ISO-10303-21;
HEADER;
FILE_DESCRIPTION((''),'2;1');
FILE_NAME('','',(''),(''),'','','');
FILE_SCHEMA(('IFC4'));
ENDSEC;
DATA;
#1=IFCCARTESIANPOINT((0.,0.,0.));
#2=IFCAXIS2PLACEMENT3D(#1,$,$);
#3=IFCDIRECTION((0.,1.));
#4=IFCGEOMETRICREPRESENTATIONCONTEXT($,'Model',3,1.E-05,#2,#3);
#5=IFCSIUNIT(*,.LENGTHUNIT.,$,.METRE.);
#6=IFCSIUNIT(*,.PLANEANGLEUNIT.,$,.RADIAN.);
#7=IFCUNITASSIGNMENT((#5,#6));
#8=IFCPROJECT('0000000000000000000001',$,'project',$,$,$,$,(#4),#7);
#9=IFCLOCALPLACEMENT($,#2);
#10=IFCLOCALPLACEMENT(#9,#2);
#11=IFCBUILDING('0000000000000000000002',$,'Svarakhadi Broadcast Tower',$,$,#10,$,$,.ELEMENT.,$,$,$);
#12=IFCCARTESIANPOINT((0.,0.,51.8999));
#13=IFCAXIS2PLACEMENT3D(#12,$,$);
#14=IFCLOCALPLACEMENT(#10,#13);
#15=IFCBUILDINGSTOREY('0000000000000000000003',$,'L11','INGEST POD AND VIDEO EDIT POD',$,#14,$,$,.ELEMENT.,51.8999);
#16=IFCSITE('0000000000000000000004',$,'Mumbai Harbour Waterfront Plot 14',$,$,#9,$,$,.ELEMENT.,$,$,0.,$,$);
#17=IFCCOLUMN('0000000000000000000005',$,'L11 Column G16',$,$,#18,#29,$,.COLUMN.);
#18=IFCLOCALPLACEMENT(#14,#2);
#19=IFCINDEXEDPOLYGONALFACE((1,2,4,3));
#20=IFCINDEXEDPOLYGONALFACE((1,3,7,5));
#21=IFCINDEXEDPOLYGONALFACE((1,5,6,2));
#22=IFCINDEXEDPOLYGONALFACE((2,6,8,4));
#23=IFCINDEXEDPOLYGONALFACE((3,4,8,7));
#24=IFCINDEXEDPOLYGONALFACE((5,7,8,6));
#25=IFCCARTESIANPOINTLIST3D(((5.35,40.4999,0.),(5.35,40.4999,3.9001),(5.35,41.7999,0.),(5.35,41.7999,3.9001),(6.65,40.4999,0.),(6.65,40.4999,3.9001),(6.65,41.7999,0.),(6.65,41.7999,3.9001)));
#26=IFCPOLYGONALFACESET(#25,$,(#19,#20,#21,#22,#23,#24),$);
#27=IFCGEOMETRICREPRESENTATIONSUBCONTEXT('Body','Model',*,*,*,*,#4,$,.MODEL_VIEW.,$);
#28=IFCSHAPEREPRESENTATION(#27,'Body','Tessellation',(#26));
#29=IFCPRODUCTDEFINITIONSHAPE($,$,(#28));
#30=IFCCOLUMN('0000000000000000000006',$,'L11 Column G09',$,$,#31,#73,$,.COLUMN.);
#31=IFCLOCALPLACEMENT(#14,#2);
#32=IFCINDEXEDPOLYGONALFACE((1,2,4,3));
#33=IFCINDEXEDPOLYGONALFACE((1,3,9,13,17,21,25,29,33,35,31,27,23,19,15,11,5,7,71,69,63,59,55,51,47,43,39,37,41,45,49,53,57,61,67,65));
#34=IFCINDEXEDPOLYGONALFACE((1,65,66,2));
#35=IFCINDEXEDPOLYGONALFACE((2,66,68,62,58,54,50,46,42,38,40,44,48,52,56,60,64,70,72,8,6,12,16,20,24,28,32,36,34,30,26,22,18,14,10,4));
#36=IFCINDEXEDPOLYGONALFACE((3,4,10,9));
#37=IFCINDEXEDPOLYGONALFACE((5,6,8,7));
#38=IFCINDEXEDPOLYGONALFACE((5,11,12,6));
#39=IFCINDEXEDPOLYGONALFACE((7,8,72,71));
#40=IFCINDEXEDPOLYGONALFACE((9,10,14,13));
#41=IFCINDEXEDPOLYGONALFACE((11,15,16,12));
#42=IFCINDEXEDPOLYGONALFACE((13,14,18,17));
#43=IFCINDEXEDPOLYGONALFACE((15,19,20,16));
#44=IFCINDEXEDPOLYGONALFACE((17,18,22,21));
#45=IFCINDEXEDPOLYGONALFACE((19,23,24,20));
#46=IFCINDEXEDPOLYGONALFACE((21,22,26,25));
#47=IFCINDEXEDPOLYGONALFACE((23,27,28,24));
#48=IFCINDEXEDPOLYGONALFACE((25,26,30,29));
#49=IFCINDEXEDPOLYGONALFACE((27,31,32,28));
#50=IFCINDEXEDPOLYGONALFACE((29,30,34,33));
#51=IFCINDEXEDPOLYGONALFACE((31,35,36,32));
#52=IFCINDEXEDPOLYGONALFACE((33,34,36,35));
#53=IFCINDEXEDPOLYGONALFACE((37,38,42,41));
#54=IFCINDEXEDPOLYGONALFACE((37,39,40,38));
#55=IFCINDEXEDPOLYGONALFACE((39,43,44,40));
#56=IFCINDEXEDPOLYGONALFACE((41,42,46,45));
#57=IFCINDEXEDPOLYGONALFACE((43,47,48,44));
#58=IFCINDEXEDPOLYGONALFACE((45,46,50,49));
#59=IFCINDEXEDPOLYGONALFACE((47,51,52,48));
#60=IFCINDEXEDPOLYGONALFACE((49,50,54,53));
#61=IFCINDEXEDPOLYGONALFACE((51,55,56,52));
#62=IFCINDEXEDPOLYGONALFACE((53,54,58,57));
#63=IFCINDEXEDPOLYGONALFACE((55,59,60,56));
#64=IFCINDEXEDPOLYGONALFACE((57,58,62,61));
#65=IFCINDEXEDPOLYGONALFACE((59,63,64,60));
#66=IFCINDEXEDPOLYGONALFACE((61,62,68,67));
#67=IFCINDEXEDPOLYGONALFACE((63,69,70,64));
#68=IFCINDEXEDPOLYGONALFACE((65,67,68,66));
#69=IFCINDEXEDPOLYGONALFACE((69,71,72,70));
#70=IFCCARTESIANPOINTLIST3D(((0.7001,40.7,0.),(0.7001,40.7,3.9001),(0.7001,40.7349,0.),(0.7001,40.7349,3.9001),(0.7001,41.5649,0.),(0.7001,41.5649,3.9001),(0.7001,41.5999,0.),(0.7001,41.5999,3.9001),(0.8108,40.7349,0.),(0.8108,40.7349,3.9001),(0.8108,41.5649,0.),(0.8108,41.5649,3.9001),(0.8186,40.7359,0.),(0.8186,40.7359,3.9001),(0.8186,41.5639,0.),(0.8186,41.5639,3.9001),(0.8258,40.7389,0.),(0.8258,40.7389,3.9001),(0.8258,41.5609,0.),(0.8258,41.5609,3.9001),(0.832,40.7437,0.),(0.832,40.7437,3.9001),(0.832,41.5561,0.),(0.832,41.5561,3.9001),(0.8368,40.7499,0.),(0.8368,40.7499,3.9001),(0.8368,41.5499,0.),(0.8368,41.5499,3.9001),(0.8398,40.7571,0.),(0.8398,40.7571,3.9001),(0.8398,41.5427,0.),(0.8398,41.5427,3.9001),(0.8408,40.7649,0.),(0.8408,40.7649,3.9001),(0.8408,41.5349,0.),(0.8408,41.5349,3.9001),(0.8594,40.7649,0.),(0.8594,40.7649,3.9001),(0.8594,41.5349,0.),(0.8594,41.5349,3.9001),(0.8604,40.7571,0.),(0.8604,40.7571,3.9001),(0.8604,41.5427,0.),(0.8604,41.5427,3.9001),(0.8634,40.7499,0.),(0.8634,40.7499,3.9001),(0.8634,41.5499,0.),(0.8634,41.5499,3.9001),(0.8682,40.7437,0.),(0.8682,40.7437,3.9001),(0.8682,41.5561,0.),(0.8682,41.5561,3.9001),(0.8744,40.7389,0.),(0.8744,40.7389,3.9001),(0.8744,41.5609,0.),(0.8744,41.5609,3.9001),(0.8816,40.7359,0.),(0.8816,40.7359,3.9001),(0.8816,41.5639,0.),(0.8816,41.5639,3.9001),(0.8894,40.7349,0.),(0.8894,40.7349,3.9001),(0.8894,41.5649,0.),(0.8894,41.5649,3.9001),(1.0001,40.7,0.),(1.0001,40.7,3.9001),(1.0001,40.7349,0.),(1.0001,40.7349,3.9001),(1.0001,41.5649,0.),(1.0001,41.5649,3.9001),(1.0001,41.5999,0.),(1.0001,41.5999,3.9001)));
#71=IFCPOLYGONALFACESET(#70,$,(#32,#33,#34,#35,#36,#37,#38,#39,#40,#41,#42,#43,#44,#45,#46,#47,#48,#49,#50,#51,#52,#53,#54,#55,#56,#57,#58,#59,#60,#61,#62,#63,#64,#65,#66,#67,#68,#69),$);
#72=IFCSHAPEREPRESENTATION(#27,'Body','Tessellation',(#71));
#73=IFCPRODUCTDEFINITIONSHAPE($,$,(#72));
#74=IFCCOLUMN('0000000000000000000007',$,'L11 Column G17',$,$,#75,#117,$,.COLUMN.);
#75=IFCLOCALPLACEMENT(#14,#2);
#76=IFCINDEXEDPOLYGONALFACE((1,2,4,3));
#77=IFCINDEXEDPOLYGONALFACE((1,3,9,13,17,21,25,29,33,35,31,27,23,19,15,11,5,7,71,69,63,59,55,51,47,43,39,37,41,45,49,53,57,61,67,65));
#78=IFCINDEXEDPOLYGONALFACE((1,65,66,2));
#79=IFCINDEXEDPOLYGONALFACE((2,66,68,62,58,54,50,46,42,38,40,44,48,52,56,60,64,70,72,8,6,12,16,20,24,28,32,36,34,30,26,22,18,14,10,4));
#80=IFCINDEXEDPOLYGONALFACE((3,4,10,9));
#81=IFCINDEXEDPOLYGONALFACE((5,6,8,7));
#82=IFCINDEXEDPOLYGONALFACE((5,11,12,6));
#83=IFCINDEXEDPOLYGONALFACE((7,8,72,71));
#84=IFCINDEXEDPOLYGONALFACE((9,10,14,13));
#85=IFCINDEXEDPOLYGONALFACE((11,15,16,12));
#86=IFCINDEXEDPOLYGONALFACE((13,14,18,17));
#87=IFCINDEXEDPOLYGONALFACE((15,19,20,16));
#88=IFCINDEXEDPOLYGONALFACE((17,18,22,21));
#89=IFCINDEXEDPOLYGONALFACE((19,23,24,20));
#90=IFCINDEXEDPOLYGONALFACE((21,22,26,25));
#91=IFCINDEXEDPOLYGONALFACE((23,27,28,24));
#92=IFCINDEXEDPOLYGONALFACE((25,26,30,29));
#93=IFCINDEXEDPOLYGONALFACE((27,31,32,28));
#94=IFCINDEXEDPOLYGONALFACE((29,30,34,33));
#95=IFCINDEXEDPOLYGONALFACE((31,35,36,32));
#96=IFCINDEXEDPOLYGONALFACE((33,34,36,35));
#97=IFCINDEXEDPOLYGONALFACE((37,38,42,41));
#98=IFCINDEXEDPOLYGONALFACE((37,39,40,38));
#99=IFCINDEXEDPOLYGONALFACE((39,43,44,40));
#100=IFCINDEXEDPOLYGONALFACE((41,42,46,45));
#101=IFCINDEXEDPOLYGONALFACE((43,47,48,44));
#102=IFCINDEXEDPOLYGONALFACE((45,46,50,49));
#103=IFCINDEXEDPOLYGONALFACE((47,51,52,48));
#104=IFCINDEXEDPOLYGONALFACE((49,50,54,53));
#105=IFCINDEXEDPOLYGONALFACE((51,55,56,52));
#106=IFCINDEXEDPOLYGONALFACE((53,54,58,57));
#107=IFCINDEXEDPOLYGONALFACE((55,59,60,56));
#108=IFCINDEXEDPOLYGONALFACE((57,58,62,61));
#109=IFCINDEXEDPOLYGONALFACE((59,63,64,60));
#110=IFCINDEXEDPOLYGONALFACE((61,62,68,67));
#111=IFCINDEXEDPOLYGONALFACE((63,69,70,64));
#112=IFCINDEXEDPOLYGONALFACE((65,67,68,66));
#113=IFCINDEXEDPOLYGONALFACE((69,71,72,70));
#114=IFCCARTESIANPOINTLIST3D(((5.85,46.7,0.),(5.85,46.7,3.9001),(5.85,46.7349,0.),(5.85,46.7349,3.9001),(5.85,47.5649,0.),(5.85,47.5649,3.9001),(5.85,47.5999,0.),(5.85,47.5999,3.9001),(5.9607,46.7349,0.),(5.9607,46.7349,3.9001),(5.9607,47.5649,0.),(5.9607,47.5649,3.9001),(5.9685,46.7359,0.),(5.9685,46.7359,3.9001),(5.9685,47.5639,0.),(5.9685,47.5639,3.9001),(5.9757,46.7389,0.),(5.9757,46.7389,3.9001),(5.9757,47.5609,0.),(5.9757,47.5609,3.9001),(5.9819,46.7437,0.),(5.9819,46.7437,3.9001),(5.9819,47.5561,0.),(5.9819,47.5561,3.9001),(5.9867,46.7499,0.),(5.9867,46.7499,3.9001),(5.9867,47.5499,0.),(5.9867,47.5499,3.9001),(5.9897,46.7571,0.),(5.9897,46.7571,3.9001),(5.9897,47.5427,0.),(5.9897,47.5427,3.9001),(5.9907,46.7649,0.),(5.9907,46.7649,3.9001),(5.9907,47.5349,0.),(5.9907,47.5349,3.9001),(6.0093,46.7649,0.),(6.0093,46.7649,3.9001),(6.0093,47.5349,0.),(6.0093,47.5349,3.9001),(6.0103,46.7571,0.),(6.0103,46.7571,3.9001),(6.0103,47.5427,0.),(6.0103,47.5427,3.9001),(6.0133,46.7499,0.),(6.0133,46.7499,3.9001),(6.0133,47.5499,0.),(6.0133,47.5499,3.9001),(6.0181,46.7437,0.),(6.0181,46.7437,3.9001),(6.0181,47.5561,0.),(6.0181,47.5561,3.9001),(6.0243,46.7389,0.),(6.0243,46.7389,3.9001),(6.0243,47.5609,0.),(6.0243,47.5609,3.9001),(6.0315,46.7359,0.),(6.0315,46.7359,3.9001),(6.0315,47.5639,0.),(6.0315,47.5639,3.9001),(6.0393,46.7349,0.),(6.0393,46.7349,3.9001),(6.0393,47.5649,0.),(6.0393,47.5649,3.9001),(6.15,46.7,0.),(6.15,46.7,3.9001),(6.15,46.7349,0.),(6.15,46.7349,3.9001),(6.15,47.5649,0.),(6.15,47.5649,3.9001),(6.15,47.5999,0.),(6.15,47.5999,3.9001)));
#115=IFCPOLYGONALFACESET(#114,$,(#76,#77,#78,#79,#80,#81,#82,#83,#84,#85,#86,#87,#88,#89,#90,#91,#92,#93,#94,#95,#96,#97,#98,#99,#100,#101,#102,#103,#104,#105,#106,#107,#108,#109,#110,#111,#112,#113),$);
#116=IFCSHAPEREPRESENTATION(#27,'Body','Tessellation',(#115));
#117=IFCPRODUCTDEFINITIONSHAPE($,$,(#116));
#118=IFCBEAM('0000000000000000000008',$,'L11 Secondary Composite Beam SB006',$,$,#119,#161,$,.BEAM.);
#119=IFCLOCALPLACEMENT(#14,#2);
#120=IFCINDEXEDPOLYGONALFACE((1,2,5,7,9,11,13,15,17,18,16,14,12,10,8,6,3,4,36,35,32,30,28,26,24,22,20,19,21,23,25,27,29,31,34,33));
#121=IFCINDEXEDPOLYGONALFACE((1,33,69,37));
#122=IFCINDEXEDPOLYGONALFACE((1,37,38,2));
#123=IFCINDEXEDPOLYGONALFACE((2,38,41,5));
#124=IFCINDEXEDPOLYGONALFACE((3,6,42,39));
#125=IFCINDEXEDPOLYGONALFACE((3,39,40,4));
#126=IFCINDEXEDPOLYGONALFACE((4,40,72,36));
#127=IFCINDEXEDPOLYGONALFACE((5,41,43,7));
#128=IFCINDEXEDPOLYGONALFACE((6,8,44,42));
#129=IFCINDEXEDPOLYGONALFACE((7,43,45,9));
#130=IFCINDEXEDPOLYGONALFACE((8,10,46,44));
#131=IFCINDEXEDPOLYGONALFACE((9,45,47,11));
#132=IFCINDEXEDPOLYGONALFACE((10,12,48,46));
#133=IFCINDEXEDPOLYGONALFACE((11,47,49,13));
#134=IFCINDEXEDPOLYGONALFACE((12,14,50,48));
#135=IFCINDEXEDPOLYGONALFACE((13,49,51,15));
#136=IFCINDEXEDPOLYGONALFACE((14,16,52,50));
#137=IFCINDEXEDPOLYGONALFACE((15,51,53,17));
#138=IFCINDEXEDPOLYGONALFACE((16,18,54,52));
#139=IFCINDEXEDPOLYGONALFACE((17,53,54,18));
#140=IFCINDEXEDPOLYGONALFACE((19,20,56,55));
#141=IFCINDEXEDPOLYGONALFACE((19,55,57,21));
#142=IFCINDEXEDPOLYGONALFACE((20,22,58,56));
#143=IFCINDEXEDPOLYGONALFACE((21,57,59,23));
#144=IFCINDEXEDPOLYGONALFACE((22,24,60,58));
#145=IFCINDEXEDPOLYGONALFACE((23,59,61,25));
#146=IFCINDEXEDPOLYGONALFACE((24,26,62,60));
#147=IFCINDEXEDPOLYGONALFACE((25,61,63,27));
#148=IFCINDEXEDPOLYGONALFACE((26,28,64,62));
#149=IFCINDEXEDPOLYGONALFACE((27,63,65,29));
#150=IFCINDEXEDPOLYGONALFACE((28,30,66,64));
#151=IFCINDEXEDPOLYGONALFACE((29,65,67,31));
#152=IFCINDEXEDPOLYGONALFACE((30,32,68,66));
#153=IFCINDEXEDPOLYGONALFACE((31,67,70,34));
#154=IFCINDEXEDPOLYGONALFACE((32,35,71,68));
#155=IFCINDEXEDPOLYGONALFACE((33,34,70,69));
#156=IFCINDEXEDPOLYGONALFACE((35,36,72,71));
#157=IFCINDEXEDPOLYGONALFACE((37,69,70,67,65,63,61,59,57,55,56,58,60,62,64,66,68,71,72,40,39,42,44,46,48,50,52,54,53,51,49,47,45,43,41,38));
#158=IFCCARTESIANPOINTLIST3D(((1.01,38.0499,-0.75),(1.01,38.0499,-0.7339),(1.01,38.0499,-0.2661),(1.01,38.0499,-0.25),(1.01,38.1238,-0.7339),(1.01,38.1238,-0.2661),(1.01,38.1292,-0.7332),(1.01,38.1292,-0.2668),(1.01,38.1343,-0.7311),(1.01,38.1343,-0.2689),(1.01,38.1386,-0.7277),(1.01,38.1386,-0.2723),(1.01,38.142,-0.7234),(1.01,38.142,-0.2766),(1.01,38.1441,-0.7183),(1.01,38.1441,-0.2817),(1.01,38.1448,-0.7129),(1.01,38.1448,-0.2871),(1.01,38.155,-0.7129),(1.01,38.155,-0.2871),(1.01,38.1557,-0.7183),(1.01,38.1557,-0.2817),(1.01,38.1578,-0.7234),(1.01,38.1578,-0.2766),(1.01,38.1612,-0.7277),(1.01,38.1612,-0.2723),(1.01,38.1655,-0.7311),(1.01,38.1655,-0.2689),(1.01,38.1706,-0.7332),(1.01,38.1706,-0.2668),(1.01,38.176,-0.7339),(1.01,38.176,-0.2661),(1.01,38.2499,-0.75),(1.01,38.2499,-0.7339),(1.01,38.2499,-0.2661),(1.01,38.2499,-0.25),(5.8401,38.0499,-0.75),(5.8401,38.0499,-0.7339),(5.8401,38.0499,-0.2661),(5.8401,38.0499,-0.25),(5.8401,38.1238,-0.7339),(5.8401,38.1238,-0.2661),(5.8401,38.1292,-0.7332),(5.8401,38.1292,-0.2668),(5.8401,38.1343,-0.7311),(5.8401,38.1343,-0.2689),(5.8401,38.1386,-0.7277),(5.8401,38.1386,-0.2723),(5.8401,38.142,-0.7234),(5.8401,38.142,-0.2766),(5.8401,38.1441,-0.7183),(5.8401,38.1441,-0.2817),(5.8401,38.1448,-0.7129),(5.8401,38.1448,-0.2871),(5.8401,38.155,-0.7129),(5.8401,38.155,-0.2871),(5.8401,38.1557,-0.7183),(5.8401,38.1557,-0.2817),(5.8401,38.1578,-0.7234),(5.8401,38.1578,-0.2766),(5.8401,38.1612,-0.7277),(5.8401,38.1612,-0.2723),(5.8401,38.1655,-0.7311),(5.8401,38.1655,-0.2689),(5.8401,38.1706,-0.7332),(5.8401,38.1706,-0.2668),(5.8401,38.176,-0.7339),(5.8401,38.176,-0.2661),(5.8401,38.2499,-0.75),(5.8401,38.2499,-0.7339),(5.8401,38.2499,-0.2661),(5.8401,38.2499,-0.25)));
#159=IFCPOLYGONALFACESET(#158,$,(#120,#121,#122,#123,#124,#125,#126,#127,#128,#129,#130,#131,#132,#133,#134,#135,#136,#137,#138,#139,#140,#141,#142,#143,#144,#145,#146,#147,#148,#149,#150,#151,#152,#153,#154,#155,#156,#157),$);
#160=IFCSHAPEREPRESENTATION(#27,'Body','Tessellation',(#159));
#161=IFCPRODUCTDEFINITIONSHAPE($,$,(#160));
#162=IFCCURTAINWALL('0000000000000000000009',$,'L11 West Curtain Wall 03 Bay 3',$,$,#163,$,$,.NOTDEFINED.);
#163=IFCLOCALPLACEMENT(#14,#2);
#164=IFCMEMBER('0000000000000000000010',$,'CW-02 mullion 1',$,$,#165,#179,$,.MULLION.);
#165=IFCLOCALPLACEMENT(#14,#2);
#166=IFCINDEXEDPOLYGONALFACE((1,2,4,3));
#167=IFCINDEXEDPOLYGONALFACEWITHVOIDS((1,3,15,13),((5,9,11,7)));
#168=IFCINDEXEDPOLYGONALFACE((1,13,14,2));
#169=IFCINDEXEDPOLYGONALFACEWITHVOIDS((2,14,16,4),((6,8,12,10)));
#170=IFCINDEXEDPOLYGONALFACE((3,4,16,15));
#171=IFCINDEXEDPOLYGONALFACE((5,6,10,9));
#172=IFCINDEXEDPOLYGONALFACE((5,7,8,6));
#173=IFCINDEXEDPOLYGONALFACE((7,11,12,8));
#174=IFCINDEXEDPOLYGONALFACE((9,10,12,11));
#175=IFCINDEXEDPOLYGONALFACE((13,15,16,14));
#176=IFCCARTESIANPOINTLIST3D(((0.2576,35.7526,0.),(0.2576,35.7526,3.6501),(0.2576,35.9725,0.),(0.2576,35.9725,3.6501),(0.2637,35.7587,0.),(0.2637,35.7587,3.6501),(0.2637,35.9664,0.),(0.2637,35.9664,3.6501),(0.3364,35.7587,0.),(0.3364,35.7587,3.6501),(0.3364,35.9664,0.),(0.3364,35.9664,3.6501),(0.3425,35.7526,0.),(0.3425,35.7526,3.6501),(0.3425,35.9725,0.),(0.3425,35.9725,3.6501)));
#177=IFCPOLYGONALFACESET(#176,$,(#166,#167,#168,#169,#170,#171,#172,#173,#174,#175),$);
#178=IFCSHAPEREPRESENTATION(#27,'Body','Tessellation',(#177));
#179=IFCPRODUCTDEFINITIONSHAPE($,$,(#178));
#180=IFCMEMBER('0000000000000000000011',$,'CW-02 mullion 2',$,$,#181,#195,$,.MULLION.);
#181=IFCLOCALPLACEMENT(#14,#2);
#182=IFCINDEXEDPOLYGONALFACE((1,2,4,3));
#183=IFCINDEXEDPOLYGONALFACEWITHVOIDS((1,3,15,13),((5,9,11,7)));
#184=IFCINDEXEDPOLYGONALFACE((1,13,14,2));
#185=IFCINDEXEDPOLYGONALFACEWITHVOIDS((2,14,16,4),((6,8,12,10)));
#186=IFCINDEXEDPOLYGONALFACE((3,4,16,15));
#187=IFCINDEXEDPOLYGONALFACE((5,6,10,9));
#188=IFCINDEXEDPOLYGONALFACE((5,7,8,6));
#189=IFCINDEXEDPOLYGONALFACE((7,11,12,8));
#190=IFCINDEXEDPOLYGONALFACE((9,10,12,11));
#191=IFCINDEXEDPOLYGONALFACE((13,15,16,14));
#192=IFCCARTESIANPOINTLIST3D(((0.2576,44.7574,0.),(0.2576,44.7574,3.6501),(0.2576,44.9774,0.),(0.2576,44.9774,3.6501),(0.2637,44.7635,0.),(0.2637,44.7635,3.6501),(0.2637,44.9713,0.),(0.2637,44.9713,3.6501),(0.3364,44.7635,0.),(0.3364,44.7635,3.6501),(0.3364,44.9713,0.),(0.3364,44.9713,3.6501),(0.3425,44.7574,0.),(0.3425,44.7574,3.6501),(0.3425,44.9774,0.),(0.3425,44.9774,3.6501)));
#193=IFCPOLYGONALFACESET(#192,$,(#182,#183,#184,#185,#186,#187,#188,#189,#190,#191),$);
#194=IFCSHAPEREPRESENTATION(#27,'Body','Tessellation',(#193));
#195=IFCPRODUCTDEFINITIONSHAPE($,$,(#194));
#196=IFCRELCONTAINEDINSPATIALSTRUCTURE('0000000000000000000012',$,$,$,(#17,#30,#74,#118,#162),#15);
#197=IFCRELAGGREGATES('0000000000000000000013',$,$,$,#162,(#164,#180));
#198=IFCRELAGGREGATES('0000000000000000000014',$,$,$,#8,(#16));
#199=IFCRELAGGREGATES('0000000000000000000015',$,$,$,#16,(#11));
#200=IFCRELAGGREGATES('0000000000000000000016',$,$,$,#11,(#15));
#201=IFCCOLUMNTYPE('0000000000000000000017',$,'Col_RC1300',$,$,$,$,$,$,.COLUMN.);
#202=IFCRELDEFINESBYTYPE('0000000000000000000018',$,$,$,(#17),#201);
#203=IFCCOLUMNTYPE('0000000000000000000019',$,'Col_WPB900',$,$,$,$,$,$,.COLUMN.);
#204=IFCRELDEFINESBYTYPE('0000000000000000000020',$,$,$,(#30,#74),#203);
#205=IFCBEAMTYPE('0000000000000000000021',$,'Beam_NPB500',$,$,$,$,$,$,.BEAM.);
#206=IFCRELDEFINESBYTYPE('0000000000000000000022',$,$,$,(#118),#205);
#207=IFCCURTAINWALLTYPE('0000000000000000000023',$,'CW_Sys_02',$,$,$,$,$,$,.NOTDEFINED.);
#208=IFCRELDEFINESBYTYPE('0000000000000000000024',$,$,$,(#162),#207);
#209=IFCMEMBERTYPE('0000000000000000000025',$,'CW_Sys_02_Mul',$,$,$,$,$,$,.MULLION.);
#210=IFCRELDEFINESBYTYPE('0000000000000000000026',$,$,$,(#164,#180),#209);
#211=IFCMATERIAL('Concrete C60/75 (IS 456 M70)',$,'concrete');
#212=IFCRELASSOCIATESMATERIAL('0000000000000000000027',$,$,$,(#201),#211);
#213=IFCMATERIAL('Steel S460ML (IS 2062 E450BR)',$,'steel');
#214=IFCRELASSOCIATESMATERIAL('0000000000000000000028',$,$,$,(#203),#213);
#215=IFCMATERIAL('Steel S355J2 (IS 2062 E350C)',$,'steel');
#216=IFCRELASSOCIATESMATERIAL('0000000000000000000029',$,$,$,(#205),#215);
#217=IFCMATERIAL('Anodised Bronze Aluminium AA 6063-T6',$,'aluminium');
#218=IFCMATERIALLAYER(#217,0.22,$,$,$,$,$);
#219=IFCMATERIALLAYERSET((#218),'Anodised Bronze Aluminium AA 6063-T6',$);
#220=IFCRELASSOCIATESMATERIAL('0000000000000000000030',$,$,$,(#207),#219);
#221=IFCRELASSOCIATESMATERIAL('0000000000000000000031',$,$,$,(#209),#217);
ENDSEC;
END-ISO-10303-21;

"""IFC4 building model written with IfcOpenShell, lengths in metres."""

from ifc_helpers import new_model, si_unit, direction, frame, origin, origin_2d, place, context, subcontext, project, spatial, rectangle, hollow_rectangle, i_section, extrude, material, layer, layer_set, material_profile, profile_set, type_object, element, aggregate, save


model = new_model("IFC4")

# Units and contexts
model_context = context("Model", 3, precision=1e-05, world=origin(), true_north=direction((0.0, 1.0)))
body_context = subcontext(model_context, "Body", "Model", "MODEL_VIEW")
ifc_project = project(units=[si_unit("LENGTHUNIT", "METRE"), si_unit("PLANEANGLEUNIT", "RADIAN")], contexts=[model_context])

# Site, building, storey
site_placement = place(None, origin())
site = spatial("IfcSite", under=ifc_project, at=site_placement, Name="Mumbai Harbour Waterfront Plot 14", CompositionType="ELEMENT", RefElevation=0.0)
building_placement = place(site_placement, origin())
building = spatial("IfcBuilding", under=site, at=building_placement, Name="Svarakhadi Broadcast Tower", CompositionType="ELEMENT")
storey_placement = place(building_placement, frame((0.0, 0.0, 51.8999)))
storey = spatial("IfcBuildingStorey", under=building, at=storey_placement, Name="L11", Description="INGEST POD AND VIDEO EDIT POD", CompositionType="ELEMENT", Elevation=51.8999)

# Columns
ifc_material_1 = material(Name="Concrete C60/75 (IS 456 M70)", Category="concrete")
ifc_material_profile_1 = material_profile(ifc_material_1, rectangle(XDim=1.3, YDim=1.3, at=origin_2d()), Name="RC 1300x1300")
ifc_profile_set_1 = profile_set([ifc_material_profile_1], Name="Concrete C60/75 (IS 456 M70)")
column_type_1 = type_object("IfcColumnType", Name="Col_RC1300", PredefinedType="COLUMN", material=ifc_profile_set_1)
column_placement = place(storey_placement, frame((6.0, 41.1499, 0.0), z_axis=(0.0, 0.0, 1.0), x_axis=(1.0, 0.0, 0.0)))
element("IfcColumn", 1, at=column_placement, inside=storey, type_object=column_type_1, Name="L11 Column G16", PredefinedType="COLUMN", context=body_context, shape_type="SweptSolid", body=[
    extrude(rectangle(XDim=1.3, YDim=1.3, at=origin_2d()), origin(), (0.0, 0.0, 1.0), 3.9001),
])
ifc_material_2 = material(Name="Steel S460ML (IS 2062 E450BR)", Category="steel")
ifc_material_profile_2 = material_profile(ifc_material_2, i_section(OverallWidth=0.3, OverallDepth=0.8999, WebThickness=0.0186, FlangeThickness=0.0349, FilletRadius=0.03, at=origin_2d()), Name="WPB 900x300x291")
ifc_profile_set_2 = profile_set([ifc_material_profile_2], Name="Steel S460ML (IS 2062 E450BR)")
column_type_2 = type_object("IfcColumnType", Name="Col_WPB900", PredefinedType="COLUMN", material=ifc_profile_set_2)
for number, where, z_axis, x_axis, name in (
    (2, (0.8501, 41.1499, 0.0), (0.0, 0.0, 1.0), (1.0, 0.0, 0.0), "L11 Column G09"),
    (3, (6.0, 47.1499, 0.0), (0.0, 0.0, 1.0), (1.0, 0.0, 0.0), "L11 Column G17"),
):
    element("IfcColumn", number, at=place(storey_placement, frame(where, z_axis=z_axis, x_axis=x_axis)), inside=storey, type_object=column_type_2, Name=name, PredefinedType="COLUMN", context=body_context, shape_type="SweptSolid", body=[
        extrude(i_section(OverallWidth=0.3, OverallDepth=0.8999, WebThickness=0.0186, FlangeThickness=0.0349, FilletRadius=0.03, at=origin_2d()), origin(), (0.0, 0.0, 1.0), 3.9001),
    ])

# Beam
ifc_material_3 = material(Name="Steel S355J2 (IS 2062 E350C)", Category="steel")
ifc_material_profile_3 = material_profile(ifc_material_3, i_section(OverallWidth=0.2, OverallDepth=0.5, WebThickness=0.0103, FlangeThickness=0.0161, FilletRadius=0.021, at=origin_2d()), Name="NPB 500x200x91")
ifc_profile_set_3 = profile_set([ifc_material_profile_3], Name="Steel S355J2 (IS 2062 E350C)")
beam_type_1 = type_object("IfcBeamType", Name="Beam_NPB500", PredefinedType="BEAM", material=ifc_profile_set_3)
beam_1_placement = place(storey_placement, frame((1.01, 38.1499, -0.5), z_axis=(1.0, 0.0, 0.0), x_axis=(0.0, 1.0, 0.0)))
element("IfcBeam", 4, at=beam_1_placement, inside=storey, type_object=beam_type_1, Name="L11 Secondary Composite Beam SB006", PredefinedType="BEAM", context=body_context, shape_type="SweptSolid", body=[
    extrude(i_section(OverallWidth=0.2, OverallDepth=0.5, WebThickness=0.0103, FlangeThickness=0.0161, FilletRadius=0.021, at=origin_2d()), origin(), (0.0, 0.0, 1.0), 4.8301),
])

# Curtain wall, members
ifc_material_4 = material(Name="Anodised Bronze Aluminium AA 6063-T6", Category="aluminium")
ifc_layer_1 = layer(ifc_material_4, 0.22)
ifc_layer_set_1 = layer_set([ifc_layer_1], Name="Anodised Bronze Aluminium AA 6063-T6")
curtain_wall_type = type_object("IfcCurtainWallType", Name="CW_Sys_02", PredefinedType="NOTDEFINED", material=ifc_layer_set_1)
curtain_wall_1_placement = place(storey_placement, origin())
curtain_wall_1 = element("IfcCurtainWall", 5, at=curtain_wall_1_placement, inside=storey, type_object=curtain_wall_type, Name="L11 West Curtain Wall 03 Bay 3", PredefinedType="NOTDEFINED")
ifc_material_profile_4 = material_profile(ifc_material_4, hollow_rectangle(XDim=0.085, YDim=0.22, WallThickness=0.0061, at=origin_2d()), Name="ALU MULLION 220x85x6")
ifc_profile_set_4 = profile_set([ifc_material_profile_4], Name="Anodised Bronze Aluminium AA 6063-T6")
member_type_1 = type_object("IfcMemberType", Name="CW_Sys_02_Mul", PredefinedType="MULLION", material=ifc_profile_set_4)
member_1_placement = place(storey_placement, frame((0.3, 35.8625, 0.0), z_axis=(0.0, 0.0, 1.0), x_axis=(-1.0, 0.0, 0.0)))
member_1 = element("IfcMember", 6, at=member_1_placement, type_object=member_type_1, Name="CW-02 mullion 1", PredefinedType="MULLION", context=body_context, shape_type="SweptSolid", body=[
    extrude(hollow_rectangle(XDim=0.085, YDim=0.22, WallThickness=0.0061, at=origin_2d()), origin(), (0.0, 0.0, 1.0), 3.6501),
])
member_2_placement = place(storey_placement, frame((0.3, 44.8674, 0.0), z_axis=(0.0, 0.0, 1.0), x_axis=(-1.0, 0.0, 0.0)))
member_2 = element("IfcMember", 7, at=member_2_placement, type_object=member_type_1, Name="CW-02 mullion 2", PredefinedType="MULLION", context=body_context, shape_type="SweptSolid", body=[
    extrude(hollow_rectangle(XDim=0.085, YDim=0.22, WallThickness=0.0061, at=origin_2d()), origin(), (0.0, 0.0, 1.0), 3.6501),
])

aggregate(curtain_wall_1, [member_1, member_2])

save(model, "model.ifc")
